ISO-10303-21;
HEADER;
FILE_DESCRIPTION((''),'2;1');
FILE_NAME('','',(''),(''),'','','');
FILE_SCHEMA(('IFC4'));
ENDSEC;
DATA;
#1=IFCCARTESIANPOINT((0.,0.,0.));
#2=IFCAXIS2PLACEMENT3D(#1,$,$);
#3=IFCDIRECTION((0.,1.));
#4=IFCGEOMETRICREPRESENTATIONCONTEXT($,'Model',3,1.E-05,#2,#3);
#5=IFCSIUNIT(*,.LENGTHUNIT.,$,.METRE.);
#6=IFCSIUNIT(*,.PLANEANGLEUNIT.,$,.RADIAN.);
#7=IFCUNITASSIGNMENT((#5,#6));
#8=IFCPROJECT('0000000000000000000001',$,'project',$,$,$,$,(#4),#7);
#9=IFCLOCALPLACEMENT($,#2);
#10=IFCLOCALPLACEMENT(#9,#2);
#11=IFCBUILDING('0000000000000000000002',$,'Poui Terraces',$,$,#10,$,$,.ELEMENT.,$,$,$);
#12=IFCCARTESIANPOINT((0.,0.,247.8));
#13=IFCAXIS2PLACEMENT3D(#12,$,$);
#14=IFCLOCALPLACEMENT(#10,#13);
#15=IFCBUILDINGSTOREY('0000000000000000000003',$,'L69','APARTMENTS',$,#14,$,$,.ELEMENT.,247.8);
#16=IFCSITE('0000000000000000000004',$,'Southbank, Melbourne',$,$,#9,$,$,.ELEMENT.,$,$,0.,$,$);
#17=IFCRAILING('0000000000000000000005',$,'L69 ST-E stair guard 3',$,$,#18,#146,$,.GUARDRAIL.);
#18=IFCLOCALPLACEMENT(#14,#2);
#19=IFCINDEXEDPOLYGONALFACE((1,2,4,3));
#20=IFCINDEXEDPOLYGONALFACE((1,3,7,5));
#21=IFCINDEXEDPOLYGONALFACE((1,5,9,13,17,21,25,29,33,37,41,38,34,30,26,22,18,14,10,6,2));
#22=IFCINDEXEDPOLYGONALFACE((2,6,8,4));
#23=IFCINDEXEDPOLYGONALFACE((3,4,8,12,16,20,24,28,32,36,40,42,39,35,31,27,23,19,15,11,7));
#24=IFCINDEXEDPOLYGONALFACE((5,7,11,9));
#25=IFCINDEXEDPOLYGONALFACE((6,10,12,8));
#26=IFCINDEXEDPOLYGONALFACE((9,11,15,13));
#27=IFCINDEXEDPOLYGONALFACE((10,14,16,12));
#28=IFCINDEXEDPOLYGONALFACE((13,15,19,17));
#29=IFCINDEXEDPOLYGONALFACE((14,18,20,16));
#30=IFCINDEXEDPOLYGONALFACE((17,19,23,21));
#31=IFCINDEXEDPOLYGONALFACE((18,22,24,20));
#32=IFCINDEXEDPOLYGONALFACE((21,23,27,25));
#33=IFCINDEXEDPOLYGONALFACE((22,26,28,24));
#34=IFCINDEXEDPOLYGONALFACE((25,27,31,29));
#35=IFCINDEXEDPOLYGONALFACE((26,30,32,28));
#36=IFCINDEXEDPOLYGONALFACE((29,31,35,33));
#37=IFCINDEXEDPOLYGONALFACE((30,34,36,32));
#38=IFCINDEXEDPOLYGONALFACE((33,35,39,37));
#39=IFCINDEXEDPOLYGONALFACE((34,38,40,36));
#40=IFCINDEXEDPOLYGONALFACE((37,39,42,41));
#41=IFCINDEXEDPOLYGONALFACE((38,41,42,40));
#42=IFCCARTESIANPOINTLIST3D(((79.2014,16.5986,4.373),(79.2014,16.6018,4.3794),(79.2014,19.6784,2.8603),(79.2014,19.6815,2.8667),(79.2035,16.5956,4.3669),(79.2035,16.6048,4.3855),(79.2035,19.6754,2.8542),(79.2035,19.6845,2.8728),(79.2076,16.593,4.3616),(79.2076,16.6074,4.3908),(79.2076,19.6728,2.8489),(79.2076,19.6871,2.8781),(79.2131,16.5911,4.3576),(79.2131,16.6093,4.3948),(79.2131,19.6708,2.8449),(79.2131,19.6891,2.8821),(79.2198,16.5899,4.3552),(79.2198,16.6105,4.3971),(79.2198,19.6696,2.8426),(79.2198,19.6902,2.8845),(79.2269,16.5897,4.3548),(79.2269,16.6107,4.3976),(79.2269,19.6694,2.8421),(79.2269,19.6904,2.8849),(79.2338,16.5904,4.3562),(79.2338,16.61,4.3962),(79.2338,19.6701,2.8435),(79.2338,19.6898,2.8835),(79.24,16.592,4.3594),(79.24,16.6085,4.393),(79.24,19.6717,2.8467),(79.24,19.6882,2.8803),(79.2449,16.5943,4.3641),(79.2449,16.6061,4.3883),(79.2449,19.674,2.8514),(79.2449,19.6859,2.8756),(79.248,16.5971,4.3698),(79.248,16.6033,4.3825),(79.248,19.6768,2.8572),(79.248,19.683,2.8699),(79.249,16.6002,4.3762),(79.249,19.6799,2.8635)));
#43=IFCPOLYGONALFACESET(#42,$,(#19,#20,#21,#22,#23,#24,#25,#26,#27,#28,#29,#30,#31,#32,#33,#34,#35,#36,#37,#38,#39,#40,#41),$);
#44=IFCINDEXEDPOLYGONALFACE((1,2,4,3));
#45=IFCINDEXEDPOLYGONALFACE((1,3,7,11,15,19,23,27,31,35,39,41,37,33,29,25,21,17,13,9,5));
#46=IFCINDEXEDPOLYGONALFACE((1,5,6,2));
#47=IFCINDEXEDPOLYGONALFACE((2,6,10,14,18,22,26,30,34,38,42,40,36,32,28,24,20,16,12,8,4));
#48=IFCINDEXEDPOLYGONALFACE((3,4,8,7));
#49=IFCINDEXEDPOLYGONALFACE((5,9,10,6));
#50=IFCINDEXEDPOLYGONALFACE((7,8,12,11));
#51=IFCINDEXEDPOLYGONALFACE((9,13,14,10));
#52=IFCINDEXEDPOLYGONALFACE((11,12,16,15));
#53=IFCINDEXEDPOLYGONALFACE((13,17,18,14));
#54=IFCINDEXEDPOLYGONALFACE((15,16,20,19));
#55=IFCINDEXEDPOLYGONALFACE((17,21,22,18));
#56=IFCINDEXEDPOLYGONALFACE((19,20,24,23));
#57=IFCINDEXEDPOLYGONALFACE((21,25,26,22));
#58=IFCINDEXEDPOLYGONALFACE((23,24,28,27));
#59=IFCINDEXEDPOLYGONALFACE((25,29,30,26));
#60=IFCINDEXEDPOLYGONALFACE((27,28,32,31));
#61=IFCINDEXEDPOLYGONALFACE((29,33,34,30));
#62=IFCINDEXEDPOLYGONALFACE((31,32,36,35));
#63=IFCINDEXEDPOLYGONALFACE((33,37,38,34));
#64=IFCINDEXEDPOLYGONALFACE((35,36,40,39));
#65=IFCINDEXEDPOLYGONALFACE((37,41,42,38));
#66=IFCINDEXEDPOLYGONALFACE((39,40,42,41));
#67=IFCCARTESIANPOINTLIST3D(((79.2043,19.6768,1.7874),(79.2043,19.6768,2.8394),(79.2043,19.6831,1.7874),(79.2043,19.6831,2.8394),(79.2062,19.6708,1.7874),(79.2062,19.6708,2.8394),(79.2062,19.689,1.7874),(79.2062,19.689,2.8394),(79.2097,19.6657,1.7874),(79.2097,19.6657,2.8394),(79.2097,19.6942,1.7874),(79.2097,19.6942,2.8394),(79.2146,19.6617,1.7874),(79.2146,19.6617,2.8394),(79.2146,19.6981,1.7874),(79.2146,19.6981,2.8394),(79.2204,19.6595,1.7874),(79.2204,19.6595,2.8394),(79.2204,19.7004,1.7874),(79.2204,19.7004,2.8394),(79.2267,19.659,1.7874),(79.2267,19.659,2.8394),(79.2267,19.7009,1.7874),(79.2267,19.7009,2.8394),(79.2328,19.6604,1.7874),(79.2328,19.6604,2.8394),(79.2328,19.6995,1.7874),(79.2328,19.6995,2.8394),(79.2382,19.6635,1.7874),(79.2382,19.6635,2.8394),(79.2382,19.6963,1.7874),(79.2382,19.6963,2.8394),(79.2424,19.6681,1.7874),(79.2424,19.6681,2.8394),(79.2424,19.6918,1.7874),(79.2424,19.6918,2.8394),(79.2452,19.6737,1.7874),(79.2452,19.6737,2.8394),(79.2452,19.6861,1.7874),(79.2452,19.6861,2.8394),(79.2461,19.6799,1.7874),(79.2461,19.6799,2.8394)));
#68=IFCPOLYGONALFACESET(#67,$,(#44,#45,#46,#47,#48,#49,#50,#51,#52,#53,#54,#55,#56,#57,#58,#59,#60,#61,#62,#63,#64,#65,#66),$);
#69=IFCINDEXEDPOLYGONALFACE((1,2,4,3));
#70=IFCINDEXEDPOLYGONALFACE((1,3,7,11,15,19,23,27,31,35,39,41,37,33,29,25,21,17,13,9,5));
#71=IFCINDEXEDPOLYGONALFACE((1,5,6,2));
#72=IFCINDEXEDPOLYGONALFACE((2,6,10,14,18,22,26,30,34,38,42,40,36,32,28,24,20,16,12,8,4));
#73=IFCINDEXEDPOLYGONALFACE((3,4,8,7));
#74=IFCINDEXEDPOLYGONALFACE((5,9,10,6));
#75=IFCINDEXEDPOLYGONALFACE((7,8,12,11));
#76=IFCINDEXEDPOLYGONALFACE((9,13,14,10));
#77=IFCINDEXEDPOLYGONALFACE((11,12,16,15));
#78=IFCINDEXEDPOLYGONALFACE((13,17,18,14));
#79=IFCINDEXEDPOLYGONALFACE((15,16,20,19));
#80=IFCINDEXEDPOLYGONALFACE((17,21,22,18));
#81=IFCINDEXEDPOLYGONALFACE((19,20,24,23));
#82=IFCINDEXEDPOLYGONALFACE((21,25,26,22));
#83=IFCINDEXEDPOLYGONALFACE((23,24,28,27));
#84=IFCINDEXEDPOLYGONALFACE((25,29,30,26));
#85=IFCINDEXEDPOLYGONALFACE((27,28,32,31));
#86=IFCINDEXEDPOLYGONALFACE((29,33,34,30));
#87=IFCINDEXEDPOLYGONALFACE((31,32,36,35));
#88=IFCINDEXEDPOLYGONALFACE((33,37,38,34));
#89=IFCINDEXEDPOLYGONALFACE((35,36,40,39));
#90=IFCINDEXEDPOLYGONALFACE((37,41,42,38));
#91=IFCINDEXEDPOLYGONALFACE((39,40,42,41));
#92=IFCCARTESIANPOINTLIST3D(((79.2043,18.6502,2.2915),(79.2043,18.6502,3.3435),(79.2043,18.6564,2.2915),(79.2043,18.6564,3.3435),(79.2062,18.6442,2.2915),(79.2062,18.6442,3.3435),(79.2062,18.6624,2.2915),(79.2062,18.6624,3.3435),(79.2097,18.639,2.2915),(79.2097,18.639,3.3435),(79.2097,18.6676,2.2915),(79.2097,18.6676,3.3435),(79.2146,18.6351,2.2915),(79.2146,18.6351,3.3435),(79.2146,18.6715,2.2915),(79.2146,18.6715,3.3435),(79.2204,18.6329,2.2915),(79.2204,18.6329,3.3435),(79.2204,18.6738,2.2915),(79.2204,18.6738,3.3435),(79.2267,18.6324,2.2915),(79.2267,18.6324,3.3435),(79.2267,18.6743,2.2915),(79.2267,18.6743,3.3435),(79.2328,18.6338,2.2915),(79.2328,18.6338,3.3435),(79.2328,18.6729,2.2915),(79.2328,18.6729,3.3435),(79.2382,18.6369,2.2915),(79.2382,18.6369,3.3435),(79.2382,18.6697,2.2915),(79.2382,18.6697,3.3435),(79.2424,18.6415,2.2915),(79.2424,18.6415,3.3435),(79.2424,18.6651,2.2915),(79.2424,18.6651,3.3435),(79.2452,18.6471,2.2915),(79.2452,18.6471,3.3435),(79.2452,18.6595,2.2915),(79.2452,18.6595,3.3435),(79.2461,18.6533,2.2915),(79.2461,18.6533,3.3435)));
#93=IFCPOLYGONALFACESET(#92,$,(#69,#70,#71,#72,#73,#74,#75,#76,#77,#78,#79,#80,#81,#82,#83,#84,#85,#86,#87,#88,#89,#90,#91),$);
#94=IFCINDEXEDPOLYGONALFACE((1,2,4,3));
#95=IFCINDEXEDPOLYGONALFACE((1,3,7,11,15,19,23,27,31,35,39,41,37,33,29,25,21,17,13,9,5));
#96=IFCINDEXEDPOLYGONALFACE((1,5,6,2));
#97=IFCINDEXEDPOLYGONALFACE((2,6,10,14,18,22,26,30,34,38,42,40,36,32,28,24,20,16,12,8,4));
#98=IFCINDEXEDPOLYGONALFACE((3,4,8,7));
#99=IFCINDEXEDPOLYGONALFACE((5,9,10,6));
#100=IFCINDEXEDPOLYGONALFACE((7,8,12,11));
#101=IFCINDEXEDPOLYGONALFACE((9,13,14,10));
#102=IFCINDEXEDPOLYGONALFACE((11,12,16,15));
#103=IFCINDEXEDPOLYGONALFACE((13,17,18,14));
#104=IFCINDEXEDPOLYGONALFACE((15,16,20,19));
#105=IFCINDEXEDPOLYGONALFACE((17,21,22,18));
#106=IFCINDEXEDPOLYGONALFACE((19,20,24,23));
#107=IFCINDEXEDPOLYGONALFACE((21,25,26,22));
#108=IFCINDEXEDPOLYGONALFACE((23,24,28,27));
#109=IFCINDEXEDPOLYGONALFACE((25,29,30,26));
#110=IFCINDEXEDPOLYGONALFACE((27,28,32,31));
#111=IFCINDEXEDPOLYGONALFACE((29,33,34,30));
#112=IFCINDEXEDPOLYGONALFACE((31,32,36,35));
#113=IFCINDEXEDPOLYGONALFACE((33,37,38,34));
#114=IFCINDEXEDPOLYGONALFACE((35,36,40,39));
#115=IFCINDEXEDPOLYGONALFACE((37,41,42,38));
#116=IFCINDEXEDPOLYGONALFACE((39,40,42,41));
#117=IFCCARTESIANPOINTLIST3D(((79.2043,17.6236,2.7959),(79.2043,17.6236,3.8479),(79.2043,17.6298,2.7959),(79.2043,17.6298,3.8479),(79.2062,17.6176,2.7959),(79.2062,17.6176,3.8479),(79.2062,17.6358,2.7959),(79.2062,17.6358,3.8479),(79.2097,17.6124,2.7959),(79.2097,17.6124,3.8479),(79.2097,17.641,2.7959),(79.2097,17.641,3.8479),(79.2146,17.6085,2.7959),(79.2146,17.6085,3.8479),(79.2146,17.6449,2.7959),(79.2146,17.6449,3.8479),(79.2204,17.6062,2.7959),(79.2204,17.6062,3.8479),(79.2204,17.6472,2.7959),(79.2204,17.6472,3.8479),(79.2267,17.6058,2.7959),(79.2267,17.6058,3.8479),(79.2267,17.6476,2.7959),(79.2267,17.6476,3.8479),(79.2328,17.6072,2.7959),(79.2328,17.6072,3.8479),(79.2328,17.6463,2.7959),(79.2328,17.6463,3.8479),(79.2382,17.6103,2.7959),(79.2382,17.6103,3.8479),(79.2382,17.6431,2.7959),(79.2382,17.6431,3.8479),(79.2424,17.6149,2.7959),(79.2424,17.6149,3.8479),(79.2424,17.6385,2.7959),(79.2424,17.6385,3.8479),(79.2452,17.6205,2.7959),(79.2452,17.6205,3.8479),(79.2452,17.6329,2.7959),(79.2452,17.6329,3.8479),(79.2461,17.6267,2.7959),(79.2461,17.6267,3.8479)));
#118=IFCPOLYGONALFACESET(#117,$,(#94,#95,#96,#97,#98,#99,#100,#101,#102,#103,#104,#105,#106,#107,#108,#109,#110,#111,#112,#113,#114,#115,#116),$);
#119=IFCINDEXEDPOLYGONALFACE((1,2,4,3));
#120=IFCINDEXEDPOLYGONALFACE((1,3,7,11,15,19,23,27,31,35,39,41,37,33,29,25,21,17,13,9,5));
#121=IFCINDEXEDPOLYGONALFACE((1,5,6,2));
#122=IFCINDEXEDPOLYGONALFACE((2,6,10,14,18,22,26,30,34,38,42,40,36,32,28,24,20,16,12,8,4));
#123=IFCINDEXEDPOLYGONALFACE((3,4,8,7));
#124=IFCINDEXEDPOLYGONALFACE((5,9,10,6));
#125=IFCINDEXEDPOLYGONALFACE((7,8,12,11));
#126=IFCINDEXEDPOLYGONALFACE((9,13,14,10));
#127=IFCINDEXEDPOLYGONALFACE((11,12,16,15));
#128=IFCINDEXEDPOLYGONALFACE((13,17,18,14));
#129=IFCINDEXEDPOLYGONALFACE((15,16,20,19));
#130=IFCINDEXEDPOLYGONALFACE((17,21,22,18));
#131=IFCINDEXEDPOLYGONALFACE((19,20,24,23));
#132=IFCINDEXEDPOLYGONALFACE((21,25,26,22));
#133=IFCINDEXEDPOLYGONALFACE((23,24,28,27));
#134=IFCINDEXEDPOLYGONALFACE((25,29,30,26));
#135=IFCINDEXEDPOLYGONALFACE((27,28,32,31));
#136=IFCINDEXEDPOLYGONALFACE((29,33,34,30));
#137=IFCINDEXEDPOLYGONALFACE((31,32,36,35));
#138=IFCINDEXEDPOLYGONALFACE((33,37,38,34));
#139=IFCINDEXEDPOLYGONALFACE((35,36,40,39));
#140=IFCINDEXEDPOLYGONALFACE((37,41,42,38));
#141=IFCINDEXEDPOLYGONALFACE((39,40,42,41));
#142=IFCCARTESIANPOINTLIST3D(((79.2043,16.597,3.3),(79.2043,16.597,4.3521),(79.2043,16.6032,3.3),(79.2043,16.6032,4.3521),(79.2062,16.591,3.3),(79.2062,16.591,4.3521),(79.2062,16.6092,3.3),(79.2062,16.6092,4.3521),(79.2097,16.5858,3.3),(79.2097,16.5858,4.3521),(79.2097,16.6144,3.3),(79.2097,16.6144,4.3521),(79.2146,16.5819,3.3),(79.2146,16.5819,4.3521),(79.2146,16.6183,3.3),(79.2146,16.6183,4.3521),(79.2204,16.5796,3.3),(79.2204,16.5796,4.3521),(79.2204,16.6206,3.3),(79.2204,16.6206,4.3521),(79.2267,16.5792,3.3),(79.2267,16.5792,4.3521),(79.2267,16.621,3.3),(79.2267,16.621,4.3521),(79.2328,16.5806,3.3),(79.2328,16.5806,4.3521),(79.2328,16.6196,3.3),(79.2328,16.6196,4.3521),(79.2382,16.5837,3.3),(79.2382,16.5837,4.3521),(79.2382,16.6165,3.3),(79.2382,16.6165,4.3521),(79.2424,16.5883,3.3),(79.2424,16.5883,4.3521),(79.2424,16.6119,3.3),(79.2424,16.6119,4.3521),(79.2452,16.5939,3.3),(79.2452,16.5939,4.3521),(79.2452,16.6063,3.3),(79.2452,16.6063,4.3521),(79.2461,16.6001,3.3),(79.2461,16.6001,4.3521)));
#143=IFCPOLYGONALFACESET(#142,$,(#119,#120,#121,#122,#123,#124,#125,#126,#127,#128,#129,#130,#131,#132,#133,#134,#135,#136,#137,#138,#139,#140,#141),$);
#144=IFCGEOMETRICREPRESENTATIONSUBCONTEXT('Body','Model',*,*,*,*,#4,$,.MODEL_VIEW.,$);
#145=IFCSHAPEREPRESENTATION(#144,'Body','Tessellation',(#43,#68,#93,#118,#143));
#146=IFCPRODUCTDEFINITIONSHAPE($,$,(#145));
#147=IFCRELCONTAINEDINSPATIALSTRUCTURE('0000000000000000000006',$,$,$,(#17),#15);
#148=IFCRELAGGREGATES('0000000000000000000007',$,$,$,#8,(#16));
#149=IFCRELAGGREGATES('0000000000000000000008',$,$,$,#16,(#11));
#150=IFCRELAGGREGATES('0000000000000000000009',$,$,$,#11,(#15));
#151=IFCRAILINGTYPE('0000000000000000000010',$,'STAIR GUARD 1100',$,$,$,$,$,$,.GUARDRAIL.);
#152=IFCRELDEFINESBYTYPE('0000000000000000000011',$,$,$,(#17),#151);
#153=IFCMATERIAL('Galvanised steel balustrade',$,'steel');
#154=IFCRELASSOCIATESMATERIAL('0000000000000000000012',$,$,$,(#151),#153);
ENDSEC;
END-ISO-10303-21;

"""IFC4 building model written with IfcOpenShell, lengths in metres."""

from ifc_helpers import new_model, si_unit, direction, frame, origin, origin_2d, place, context, subcontext, project, spatial, circle, extrude, material, type_object, element, save


model = new_model("IFC4")

# Units and contexts
model_context = context("Model", 3, precision=1e-05, world=origin(), true_north=direction((0.0, 1.0)))
body_context = subcontext(model_context, "Body", "Model", "MODEL_VIEW")
ifc_project = project(units=[si_unit("LENGTHUNIT", "METRE"), si_unit("PLANEANGLEUNIT", "RADIAN")], contexts=[model_context])

# Site, building, storey
site_placement = place(None, origin())
site = spatial("IfcSite", under=ifc_project, at=site_placement, Name="Southbank, Melbourne", CompositionType="ELEMENT", RefElevation=0.0)
building_placement = place(site_placement, origin())
building = spatial("IfcBuilding", under=site, at=building_placement, Name="Poui Terraces", CompositionType="ELEMENT")
storey_placement = place(building_placement, frame((0.0, 0.0, 247.8)))
storey = spatial("IfcBuildingStorey", under=building, at=storey_placement, Name="L69", Description="APARTMENTS", CompositionType="ELEMENT", Elevation=247.8)

# Railing
ifc_material_1 = material(Name="Galvanised steel balustrade", Category="steel")
railing_type = type_object("IfcRailingType", Name="STAIR GUARD 1100", PredefinedType="GUARDRAIL", material=ifc_material_1)
railing_placement = place(storey_placement, frame((79.2251, 19.6799, 1.7874)))
element("IfcRailing", 1, at=railing_placement, inside=storey, type_object=railing_type, Name="L69 ST-E stair guard 3", PredefinedType="GUARDRAIL", context=body_context, shape_type="SweptSolid", body=[
    extrude(circle(Radius=0.0239, at=origin_2d()), frame((0.0, 0.0, 1.0762), z_axis=(0.0, -0.897578, 0.440856), x_axis=(1.0, 0.0, 0.0)), (0.0, 0.0, 1.0), 3.4312),
    extrude(circle(Radius=0.021, at=origin_2d()), origin(), (0.0, 0.0, 1.0), 1.052),
    extrude(circle(Radius=0.021, at=origin_2d()), frame((0.0, -1.0266, 0.5042)), (0.0, 0.0, 1.0), 1.052),
    extrude(circle(Radius=0.021, at=origin_2d()), frame((0.0, -2.0532, 1.0085)), (0.0, 0.0, 1.0), 1.052),
    extrude(circle(Radius=0.021, at=origin_2d()), frame((0.0, -3.0798, 1.5127)), (0.0, 0.0, 1.0), 1.052),
])

save(model, "model.ifc")
